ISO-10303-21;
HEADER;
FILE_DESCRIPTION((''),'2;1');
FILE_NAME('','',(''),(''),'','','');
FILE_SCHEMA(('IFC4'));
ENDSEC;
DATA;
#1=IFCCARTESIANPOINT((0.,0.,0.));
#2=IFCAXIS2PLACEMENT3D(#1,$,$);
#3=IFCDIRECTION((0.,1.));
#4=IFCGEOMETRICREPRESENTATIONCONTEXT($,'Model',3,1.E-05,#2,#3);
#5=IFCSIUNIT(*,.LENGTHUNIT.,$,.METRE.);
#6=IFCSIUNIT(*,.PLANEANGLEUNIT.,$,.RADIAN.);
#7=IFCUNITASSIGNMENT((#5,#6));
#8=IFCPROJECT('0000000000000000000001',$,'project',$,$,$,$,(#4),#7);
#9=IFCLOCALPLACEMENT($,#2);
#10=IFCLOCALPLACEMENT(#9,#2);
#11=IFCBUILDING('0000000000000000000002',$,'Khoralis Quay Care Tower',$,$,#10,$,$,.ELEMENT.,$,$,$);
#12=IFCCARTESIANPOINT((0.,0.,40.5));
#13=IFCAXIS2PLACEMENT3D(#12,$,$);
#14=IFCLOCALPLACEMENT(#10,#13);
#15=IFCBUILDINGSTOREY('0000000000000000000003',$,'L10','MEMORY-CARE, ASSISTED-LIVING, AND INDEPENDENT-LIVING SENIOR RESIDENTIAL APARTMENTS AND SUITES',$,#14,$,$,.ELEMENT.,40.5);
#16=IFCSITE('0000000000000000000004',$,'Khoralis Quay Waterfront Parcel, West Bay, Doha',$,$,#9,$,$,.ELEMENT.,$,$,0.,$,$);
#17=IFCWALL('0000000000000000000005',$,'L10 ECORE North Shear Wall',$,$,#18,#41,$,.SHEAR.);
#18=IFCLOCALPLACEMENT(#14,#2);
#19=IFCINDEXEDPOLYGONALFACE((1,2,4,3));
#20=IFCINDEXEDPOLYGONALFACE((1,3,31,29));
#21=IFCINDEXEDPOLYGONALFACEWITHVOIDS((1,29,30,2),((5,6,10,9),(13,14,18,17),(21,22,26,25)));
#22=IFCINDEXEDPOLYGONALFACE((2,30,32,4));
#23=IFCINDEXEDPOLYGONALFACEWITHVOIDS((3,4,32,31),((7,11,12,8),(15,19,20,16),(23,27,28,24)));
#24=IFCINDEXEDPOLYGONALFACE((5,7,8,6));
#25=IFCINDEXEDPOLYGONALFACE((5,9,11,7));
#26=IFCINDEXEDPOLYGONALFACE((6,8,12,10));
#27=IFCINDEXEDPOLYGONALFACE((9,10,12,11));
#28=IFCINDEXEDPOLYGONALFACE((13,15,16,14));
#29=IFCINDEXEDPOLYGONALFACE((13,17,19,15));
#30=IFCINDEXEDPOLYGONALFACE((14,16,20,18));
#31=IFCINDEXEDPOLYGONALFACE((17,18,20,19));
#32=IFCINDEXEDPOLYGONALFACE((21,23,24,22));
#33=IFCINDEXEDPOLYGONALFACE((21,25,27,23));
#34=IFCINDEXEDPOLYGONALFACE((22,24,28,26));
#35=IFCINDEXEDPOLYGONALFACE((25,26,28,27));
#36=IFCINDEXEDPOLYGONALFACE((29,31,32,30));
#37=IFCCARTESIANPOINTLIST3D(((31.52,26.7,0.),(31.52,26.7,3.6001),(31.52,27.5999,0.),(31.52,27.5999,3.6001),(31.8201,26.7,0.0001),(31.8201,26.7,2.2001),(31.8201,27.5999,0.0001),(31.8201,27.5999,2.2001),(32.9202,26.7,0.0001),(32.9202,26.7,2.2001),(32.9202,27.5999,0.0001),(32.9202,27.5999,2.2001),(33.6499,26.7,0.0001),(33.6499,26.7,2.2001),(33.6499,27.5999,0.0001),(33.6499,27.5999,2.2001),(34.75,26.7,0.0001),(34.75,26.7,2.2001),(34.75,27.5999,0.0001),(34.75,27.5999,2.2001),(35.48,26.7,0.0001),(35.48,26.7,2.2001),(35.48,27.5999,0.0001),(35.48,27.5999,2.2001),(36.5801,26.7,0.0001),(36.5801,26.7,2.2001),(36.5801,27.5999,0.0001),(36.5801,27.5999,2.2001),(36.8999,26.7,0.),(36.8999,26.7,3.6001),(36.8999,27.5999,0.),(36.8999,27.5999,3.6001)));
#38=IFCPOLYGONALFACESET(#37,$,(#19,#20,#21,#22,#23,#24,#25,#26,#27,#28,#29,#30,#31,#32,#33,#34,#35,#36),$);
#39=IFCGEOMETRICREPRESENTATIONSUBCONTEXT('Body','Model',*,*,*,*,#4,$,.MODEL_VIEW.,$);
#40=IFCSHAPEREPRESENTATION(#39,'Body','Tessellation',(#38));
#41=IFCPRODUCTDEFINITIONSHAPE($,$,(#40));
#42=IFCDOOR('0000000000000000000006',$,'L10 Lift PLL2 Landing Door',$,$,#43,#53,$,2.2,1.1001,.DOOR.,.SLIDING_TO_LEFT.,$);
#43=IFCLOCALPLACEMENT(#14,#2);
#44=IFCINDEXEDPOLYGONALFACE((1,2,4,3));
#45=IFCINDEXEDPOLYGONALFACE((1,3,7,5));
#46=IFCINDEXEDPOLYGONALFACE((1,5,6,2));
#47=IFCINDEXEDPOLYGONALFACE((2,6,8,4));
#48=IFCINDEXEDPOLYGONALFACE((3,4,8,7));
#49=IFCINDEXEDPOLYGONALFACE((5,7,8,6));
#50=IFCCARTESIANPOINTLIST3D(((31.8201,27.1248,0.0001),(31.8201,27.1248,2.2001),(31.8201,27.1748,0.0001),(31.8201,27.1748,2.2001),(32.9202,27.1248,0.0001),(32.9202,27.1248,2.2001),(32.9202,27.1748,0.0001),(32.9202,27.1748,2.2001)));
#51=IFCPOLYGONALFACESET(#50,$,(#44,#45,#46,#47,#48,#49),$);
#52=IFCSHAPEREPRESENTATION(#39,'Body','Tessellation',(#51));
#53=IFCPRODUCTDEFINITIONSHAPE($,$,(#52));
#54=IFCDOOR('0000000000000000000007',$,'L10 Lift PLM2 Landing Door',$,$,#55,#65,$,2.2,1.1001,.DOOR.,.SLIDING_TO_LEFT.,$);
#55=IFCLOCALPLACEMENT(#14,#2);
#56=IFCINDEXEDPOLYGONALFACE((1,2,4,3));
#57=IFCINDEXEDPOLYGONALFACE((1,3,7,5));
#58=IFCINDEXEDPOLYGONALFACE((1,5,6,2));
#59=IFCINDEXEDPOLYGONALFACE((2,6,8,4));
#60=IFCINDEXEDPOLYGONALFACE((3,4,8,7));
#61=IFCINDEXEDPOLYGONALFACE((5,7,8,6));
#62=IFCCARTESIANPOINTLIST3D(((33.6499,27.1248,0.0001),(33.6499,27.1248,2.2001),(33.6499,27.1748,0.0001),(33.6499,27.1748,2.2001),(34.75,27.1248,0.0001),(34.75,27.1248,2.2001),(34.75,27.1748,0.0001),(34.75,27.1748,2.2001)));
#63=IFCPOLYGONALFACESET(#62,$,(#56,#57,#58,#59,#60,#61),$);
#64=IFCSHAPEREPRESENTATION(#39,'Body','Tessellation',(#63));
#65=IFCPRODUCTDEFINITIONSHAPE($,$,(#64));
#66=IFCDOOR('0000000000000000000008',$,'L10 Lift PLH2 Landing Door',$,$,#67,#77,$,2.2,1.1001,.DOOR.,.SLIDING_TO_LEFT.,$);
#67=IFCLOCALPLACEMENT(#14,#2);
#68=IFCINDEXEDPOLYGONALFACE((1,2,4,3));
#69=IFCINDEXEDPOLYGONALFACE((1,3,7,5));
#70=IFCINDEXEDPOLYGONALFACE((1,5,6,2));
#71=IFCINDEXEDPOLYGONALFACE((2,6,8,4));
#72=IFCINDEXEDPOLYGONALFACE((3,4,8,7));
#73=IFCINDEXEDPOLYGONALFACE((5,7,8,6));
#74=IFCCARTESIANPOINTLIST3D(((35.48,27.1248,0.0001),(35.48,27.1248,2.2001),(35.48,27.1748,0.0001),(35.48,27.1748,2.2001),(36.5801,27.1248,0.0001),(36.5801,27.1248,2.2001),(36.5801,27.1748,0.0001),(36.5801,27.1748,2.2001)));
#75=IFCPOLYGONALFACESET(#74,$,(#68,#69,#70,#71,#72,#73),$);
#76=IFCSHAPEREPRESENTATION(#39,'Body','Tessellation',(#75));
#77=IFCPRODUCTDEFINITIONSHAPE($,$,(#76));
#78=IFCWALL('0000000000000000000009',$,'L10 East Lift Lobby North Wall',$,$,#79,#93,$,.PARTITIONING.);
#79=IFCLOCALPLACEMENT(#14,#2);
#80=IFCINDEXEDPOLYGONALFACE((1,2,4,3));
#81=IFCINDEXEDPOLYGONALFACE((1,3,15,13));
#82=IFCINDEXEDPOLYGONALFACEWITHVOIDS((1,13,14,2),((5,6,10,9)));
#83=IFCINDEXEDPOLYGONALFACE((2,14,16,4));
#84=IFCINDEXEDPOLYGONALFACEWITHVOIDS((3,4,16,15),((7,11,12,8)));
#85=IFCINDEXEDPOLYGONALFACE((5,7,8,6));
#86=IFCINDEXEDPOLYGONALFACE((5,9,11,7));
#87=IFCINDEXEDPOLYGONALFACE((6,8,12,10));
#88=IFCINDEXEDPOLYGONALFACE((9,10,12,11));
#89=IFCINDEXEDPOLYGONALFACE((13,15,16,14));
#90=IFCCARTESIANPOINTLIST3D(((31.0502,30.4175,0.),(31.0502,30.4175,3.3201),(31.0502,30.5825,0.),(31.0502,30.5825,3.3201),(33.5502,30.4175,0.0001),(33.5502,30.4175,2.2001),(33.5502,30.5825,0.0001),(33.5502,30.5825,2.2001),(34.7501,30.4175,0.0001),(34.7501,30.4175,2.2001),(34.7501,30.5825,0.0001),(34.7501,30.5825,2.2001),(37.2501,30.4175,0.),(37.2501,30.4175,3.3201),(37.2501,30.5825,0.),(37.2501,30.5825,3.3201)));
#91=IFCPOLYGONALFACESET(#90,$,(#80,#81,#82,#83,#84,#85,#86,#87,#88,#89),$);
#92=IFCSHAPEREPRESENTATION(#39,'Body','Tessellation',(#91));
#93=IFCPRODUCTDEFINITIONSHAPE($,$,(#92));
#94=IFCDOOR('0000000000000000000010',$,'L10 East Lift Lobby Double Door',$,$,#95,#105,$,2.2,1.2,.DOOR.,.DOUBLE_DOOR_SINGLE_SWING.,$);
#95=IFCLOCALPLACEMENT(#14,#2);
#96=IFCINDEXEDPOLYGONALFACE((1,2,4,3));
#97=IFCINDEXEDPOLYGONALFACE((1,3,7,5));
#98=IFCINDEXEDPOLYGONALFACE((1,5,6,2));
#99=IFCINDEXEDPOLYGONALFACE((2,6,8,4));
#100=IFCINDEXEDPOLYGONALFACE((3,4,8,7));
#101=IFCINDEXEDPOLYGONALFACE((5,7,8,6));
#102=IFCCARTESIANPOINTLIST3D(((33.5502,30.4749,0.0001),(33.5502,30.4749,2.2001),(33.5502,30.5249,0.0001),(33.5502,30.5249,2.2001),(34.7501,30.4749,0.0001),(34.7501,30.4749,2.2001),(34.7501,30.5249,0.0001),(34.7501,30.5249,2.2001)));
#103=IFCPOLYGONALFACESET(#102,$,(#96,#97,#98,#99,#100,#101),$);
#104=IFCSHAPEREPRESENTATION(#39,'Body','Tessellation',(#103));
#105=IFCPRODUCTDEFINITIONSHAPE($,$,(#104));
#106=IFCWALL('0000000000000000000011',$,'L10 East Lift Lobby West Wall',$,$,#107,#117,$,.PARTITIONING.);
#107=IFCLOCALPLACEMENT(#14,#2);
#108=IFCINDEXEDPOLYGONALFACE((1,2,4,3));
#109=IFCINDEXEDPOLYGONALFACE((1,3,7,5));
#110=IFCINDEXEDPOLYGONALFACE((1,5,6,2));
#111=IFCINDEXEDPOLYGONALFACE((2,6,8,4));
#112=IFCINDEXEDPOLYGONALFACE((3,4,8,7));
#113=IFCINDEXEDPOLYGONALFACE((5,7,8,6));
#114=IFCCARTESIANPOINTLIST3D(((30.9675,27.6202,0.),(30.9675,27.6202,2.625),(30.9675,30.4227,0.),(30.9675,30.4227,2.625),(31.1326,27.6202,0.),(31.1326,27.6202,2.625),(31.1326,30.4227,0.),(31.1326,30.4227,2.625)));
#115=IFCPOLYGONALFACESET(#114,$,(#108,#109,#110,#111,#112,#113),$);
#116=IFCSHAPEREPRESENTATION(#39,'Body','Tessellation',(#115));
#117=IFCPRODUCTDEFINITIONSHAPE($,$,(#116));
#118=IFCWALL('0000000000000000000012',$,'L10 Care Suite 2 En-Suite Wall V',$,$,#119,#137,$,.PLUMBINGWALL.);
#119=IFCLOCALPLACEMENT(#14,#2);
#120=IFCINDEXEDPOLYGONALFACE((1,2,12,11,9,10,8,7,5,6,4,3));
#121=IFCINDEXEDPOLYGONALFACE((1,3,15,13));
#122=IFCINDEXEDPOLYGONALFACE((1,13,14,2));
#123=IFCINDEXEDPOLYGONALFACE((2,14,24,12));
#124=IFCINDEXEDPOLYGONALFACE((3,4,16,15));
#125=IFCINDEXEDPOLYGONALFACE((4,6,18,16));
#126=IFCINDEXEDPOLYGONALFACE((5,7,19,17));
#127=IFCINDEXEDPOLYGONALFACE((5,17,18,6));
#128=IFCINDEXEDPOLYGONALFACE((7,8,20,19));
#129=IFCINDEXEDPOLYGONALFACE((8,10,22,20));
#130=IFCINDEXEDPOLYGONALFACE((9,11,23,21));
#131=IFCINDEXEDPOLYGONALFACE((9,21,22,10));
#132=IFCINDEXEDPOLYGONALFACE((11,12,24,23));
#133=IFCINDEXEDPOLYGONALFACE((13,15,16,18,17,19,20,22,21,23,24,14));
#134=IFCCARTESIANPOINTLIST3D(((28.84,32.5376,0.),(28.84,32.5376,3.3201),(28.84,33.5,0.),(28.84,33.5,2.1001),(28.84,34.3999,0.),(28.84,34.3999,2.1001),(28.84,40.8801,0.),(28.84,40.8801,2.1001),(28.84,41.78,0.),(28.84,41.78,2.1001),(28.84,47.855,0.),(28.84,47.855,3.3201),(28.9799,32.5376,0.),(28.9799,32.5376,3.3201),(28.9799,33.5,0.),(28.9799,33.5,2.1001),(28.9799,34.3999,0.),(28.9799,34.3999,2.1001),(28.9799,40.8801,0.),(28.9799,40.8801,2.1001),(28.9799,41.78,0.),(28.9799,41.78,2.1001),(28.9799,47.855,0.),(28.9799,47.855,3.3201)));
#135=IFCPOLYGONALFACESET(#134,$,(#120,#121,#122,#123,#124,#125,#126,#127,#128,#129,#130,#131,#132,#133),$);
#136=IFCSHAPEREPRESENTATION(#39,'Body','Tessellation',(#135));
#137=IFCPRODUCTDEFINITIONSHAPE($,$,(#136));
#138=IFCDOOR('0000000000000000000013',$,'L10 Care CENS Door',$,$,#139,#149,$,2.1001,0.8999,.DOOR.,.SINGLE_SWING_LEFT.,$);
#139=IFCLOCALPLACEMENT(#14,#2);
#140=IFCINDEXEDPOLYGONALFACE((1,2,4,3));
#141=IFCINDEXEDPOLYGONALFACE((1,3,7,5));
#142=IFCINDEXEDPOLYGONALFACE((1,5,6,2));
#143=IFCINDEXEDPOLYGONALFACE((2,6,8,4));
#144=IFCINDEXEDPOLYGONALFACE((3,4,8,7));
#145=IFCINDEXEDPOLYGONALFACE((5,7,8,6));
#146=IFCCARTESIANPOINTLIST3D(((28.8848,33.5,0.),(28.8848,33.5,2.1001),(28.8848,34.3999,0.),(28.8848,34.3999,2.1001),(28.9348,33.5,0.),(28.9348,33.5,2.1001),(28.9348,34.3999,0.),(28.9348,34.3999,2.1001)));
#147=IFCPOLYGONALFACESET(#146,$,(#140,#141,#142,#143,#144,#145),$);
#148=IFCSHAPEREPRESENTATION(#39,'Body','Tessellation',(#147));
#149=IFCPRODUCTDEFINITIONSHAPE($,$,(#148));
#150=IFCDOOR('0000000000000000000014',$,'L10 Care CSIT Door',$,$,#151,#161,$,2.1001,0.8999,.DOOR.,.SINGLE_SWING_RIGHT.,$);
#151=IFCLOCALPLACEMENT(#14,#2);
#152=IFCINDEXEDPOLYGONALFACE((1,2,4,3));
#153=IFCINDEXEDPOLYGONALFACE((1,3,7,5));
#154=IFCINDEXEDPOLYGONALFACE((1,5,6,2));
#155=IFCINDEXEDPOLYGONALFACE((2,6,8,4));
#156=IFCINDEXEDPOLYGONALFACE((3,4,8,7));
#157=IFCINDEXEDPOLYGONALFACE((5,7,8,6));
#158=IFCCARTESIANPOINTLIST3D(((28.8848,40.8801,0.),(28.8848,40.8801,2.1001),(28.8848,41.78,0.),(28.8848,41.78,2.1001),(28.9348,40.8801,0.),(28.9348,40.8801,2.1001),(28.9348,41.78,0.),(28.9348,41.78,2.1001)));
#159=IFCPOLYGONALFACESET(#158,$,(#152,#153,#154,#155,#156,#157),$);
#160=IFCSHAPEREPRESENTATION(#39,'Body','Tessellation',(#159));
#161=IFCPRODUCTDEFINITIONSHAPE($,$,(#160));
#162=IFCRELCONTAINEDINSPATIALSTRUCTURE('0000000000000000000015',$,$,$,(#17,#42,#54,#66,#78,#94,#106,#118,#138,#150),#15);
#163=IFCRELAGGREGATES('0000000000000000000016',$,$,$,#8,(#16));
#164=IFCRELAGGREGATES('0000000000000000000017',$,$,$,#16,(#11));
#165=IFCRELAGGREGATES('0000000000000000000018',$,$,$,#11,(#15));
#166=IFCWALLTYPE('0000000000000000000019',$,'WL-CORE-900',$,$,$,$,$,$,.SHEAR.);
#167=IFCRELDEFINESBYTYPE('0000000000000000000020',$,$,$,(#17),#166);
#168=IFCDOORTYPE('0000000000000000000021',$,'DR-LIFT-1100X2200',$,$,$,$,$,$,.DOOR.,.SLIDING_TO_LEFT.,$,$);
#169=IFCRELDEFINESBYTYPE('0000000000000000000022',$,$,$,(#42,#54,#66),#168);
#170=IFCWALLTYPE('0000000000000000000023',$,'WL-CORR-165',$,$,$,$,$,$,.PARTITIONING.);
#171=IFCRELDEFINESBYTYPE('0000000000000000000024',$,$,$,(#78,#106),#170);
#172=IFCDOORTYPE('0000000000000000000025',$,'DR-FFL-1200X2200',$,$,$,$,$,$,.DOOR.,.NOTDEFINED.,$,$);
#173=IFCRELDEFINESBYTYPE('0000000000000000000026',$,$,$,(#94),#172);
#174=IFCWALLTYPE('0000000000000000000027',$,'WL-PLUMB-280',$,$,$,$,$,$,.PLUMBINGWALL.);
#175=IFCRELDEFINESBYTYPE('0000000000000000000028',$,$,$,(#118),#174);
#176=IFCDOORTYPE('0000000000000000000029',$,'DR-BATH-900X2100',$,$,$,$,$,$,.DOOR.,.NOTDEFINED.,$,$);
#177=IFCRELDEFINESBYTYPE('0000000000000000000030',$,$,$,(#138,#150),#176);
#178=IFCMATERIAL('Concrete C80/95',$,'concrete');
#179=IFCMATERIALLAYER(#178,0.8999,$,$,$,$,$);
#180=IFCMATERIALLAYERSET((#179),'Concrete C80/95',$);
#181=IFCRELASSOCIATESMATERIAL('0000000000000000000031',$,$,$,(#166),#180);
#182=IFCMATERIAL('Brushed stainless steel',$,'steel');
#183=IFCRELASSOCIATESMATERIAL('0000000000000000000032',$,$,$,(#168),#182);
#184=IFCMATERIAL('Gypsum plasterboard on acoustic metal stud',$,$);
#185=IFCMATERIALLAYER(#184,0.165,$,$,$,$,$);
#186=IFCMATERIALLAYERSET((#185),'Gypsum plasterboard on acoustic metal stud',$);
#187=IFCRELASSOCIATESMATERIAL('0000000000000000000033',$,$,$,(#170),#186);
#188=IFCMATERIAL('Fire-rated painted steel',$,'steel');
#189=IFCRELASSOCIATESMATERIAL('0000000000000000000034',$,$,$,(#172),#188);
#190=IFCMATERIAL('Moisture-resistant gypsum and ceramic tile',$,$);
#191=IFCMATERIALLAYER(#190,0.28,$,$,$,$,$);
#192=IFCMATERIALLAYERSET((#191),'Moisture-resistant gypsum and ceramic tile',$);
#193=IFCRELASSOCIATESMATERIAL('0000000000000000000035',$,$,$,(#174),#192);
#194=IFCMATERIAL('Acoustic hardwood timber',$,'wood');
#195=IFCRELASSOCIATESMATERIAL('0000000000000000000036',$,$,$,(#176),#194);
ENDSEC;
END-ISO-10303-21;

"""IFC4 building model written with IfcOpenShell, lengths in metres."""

from ifc_helpers import new_model, si_unit, direction, frame, frame_2d, origin, place, context, subcontext, project, spatial, rectangle, extrude, source, transform, mapped, material, layer, layer_set, type_object, element, fill, save


model = new_model("IFC4")

# Units and contexts
model_context = context("Model", 3, precision=1e-05, world=origin(), true_north=direction((0.0, 1.0)))
body_context = subcontext(model_context, "Body", "Model", "MODEL_VIEW")
ifc_project = project(units=[si_unit("LENGTHUNIT", "METRE"), si_unit("PLANEANGLEUNIT", "RADIAN")], contexts=[model_context])

# Site, building, storey
site_placement = place(None, origin())
site = spatial("IfcSite", under=ifc_project, at=site_placement, Name="Khoralis Quay Waterfront Parcel, West Bay, Doha", CompositionType="ELEMENT", RefElevation=0.0)
building_placement = place(site_placement, origin())
building = spatial("IfcBuilding", under=site, at=building_placement, Name="Khoralis Quay Care Tower", CompositionType="ELEMENT")
storey_placement = place(building_placement, frame((0.0, 0.0, 40.5)))
storey = spatial("IfcBuildingStorey", under=building, at=storey_placement, Name="L10", Description="MEMORY-CARE, ASSISTED-LIVING, AND INDEPENDENT-LIVING SENIOR RESIDENTIAL APARTMENTS AND SUITES", CompositionType="ELEMENT", Elevation=40.5)

# Shared definitions
ifc_material_1 = material(Name="Concrete C80/95", Category="concrete")

# Wall, openings, doors
ifc_layer_1 = layer(ifc_material_1, 0.8999)
ifc_layer_set_1 = layer_set([ifc_layer_1], Name="Concrete C80/95")
wall_type_1 = type_object("IfcWallType", Name="WL-CORE-900", PredefinedType="SHEAR", material=ifc_layer_set_1)
wall_1_placement = place(storey_placement, frame((31.52, 27.1499, 0.0), z_axis=(0.0, 0.0, 1.0), x_axis=(1.0, 0.0, 0.0)))
wall_1 = element("IfcWall", 1, at=wall_1_placement, inside=storey, type_object=wall_type_1, Name="L10 ECORE North Shear Wall", PredefinedType="SHEAR", context=body_context, shape_type="SweptSolid", body=[
    extrude(rectangle(XDim=5.3799, YDim=0.8999, at=frame_2d((2.6899, 0.0))), origin(), (0.0, 0.0, 1.0), 3.6001),
])
opening_1_placement = place(wall_1_placement, frame((0.3, 0.0, 0.0)))
opening_1 = element("IfcOpeningElement", 2, at=opening_1_placement, cuts=wall_1, PredefinedType="OPENING", context=body_context, shape_type="SweptSolid", body=[
    extrude(rectangle(XDim=1.1001, YDim=2.2, at=frame_2d((0.55, 1.1001))), frame((0.0, 0.46, 0.0), z_axis=(0.0, -1.0, 0.0), x_axis=(1.0, 0.0, 0.0)), (0.0, 0.0, 1.0), 0.9199),
])
opening_2_placement = place(wall_1_placement, frame((2.1299, 0.0, 0.0)))
opening_2 = element("IfcOpeningElement", 3, at=opening_2_placement, cuts=wall_1, PredefinedType="OPENING", context=body_context, shape_type="SweptSolid", body=[
    extrude(rectangle(XDim=1.1001, YDim=2.2, at=frame_2d((0.55, 1.1001))), frame((0.0, 0.46, 0.0), z_axis=(0.0, -1.0, 0.0), x_axis=(1.0, 0.0, 0.0)), (0.0, 0.0, 1.0), 0.9199),
])
opening_3_placement = place(wall_1_placement, frame((3.96, 0.0, 0.0)))
opening_3 = element("IfcOpeningElement", 4, at=opening_3_placement, cuts=wall_1, PredefinedType="OPENING", context=body_context, shape_type="SweptSolid", body=[
    extrude(rectangle(XDim=1.1001, YDim=2.2, at=frame_2d((0.55, 1.1001))), frame((0.0, 0.46, 0.0), z_axis=(0.0, -1.0, 0.0), x_axis=(1.0, 0.0, 0.0)), (0.0, 0.0, 1.0), 0.9199),
])
ifc_material_2 = material(Name="Brushed stainless steel", Category="steel")
door_type_1 = type_object("IfcDoorType", Name="DR-LIFT-1100X2200", OperationType="SLIDING_TO_LEFT", PredefinedType="DOOR", material=ifc_material_2)
shared_shape_1 = source(origin(), body_context, "Body", "SweptSolid", [
    extrude(rectangle(XDim=1.1001, YDim=2.2, at=frame_2d((0.55, 1.1001))), frame((0.0, 0.0249, 0.0), z_axis=(0.0, -1.0, 0.0), x_axis=(1.0, 0.0, 0.0)), (0.0, 0.0, 1.0), 0.05),
])
door_1_placement = place(opening_1_placement, origin())
door_1 = element("IfcDoor", 5, at=door_1_placement, inside=storey, type_object=door_type_1, Name="L10 Lift PLL2 Landing Door", OperationType="SLIDING_TO_LEFT", OverallHeight=2.2, OverallWidth=1.1001, PredefinedType="DOOR", context=body_context, shape_type="MappedRepresentation", body=[
    mapped(shared_shape_1, transform((0.0, 0.0, 0.0), scale=1.0)),
])
fill(opening_1, door_1)
door_2_placement = place(opening_2_placement, origin())
door_2 = element("IfcDoor", 6, at=door_2_placement, inside=storey, type_object=door_type_1, Name="L10 Lift PLM2 Landing Door", OperationType="SLIDING_TO_LEFT", OverallHeight=2.2, OverallWidth=1.1001, PredefinedType="DOOR", context=body_context, shape_type="MappedRepresentation", body=[
    mapped(shared_shape_1, transform((0.0, 0.0, 0.0), scale=1.0)),
])
fill(opening_2, door_2)
door_3_placement = place(opening_3_placement, origin())
door_3 = element("IfcDoor", 7, at=door_3_placement, inside=storey, type_object=door_type_1, Name="L10 Lift PLH2 Landing Door", OperationType="SLIDING_TO_LEFT", OverallHeight=2.2, OverallWidth=1.1001, PredefinedType="DOOR", context=body_context, shape_type="MappedRepresentation", body=[
    mapped(shared_shape_1, transform((0.0, 0.0, 0.0), scale=1.0)),
])
fill(opening_3, door_3)

# Wall, opening, door
ifc_material_3 = material(Name="Gypsum plasterboard on acoustic metal stud")
ifc_layer_2 = layer(ifc_material_3, 0.165)
ifc_layer_set_2 = layer_set([ifc_layer_2], Name="Gypsum plasterboard on acoustic metal stud")
wall_type_2 = type_object("IfcWallType", Name="WL-CORR-165", PredefinedType="PARTITIONING", material=ifc_layer_set_2)
wall_2_placement = place(storey_placement, frame((31.05, 30.5, 0.0), z_axis=(0.0, 0.0, 1.0), x_axis=(1.0, 0.0, 0.0)))
wall_2 = element("IfcWall", 8, at=wall_2_placement, inside=storey, type_object=wall_type_2, Name="L10 East Lift Lobby North Wall", PredefinedType="PARTITIONING", context=body_context, shape_type="SweptSolid", body=[
    extrude(rectangle(XDim=6.2, YDim=0.165, at=frame_2d((3.1001, 0.0))), origin(), (0.0, 0.0, 1.0), 3.3201),
])
opening_4_placement = place(wall_2_placement, frame((2.5, 0.0, 0.0)))
opening_4 = element("IfcOpeningElement", 9, at=opening_4_placement, cuts=wall_2, PredefinedType="OPENING", context=body_context, shape_type="SweptSolid", body=[
    extrude(rectangle(XDim=1.2, YDim=2.2, at=frame_2d((0.6001, 1.1001))), frame((0.0, 0.0925, 0.0), z_axis=(0.0, -1.0, 0.0), x_axis=(1.0, 0.0, 0.0)), (0.0, 0.0, 1.0), 0.1851),
])
ifc_material_4 = material(Name="Fire-rated painted steel", Category="steel")
door_type_2 = type_object("IfcDoorType", Name="DR-FFL-1200X2200", OperationType="NOTDEFINED", PredefinedType="DOOR", material=ifc_material_4)
shared_shape_2 = source(origin(), body_context, "Body", "SweptSolid", [
    extrude(rectangle(XDim=1.2, YDim=2.2, at=frame_2d((0.6001, 1.1001))), frame((0.0, 0.0249, 0.0), z_axis=(0.0, -1.0, 0.0), x_axis=(1.0, 0.0, 0.0)), (0.0, 0.0, 1.0), 0.05),
])
door_4_placement = place(opening_4_placement, origin())
door_4 = element("IfcDoor", 10, at=door_4_placement, inside=storey, type_object=door_type_2, Name="L10 East Lift Lobby Double Door", OperationType="DOUBLE_DOOR_SINGLE_SWING", OverallHeight=2.2, OverallWidth=1.2, PredefinedType="DOOR", context=body_context, shape_type="MappedRepresentation", body=[
    mapped(shared_shape_2, transform((0.0, 0.0, 0.0), scale=1.0)),
])
fill(opening_4, door_4)

# Wall
wall_3_placement = place(storey_placement, frame((31.05, 27.6201, 0.0), z_axis=(0.0, 0.0, 1.0), x_axis=(0.0, 1.0, 0.0)))
element("IfcWall", 11, at=wall_3_placement, inside=storey, type_object=wall_type_2, Name="L10 East Lift Lobby West Wall", PredefinedType="PARTITIONING", context=body_context, shape_type="SweptSolid", body=[
    extrude(rectangle(XDim=2.8025, YDim=0.165, at=frame_2d((1.4014, 0.0))), origin(), (0.0, 0.0, 1.0), 2.625),
])

# Wall, openings, doors
ifc_material_5 = material(Name="Moisture-resistant gypsum and ceramic tile")
ifc_layer_3 = layer(ifc_material_5, 0.28)
ifc_layer_set_3 = layer_set([ifc_layer_3], Name="Moisture-resistant gypsum and ceramic tile")
wall_type_3 = type_object("IfcWallType", Name="WL-PLUMB-280", PredefinedType="PLUMBINGWALL", material=ifc_layer_set_3)
wall_4_placement = place(storey_placement, frame((28.9099, 32.5376, 0.0), z_axis=(0.0, 0.0, 1.0), x_axis=(0.0, 1.0, 0.0)))
wall_4 = element("IfcWall", 12, at=wall_4_placement, inside=storey, type_object=wall_type_3, Name="L10 Care Suite 2 En-Suite Wall V", PredefinedType="PLUMBINGWALL", context=body_context, shape_type="SweptSolid", body=[
    extrude(rectangle(XDim=15.3174, YDim=0.1399, at=frame_2d((7.6587, 0.0))), origin(), (0.0, 0.0, 1.0), 3.3201),
])
opening_5_placement = place(wall_4_placement, frame((0.9624, 0.0, 0.0)))
opening_5 = element("IfcOpeningElement", 13, at=opening_5_placement, cuts=wall_4, PredefinedType="OPENING", context=body_context, shape_type="SweptSolid", body=[
    extrude(rectangle(XDim=0.8999, YDim=2.1001, at=frame_2d((0.45, 1.05))), frame((0.0, 0.0801, 0.0), z_axis=(0.0, -1.0, 0.0), x_axis=(1.0, 0.0, 0.0)), (0.0, 0.0, 1.0), 0.1599),
])
opening_6_placement = place(wall_4_placement, frame((8.3425, 0.0, 0.0)))
opening_6 = element("IfcOpeningElement", 14, at=opening_6_placement, cuts=wall_4, PredefinedType="OPENING", context=body_context, shape_type="SweptSolid", body=[
    extrude(rectangle(XDim=0.8999, YDim=2.1001, at=frame_2d((0.45, 1.05))), frame((0.0, 0.0801, 0.0), z_axis=(0.0, -1.0, 0.0), x_axis=(1.0, 0.0, 0.0)), (0.0, 0.0, 1.0), 0.1599),
])
ifc_material_6 = material(Name="Acoustic hardwood timber", Category="wood")
door_type_3 = type_object("IfcDoorType", Name="DR-BATH-900X2100", OperationType="NOTDEFINED", PredefinedType="DOOR", material=ifc_material_6)
shared_shape_3 = source(origin(), body_context, "Body", "SweptSolid", [
    extrude(rectangle(XDim=0.8999, YDim=2.1001, at=frame_2d((0.45, 1.05))), frame((0.0, 0.0249, 0.0), z_axis=(0.0, -1.0, 0.0), x_axis=(1.0, 0.0, 0.0)), (0.0, 0.0, 1.0), 0.05),
])
door_5_placement = place(opening_5_placement, frame((0.8999, 0.0, 0.0), z_axis=(0.0, 0.0, 1.0), x_axis=(-1.0, 0.0, 0.0)))
door_5 = element("IfcDoor", 15, at=door_5_placement, inside=storey, type_object=door_type_3, Name="L10 Care CENS Door", OperationType="SINGLE_SWING_LEFT", OverallHeight=2.1001, OverallWidth=0.8999, PredefinedType="DOOR", context=body_context, shape_type="MappedRepresentation", body=[
    mapped(shared_shape_3, transform((0.0, 0.0, 0.0), scale=1.0)),
])
fill(opening_5, door_5)
door_6_placement = place(opening_6_placement, frame((0.8999, 0.0, 0.0), z_axis=(0.0, 0.0, 1.0), x_axis=(-1.0, 0.0, 0.0)))
door_6 = element("IfcDoor", 16, at=door_6_placement, inside=storey, type_object=door_type_3, Name="L10 Care CSIT Door", OperationType="SINGLE_SWING_RIGHT", OverallHeight=2.1001, OverallWidth=0.8999, PredefinedType="DOOR", context=body_context, shape_type="MappedRepresentation", body=[
    mapped(shared_shape_3, transform((0.0, 0.0, 0.0), scale=1.0)),
])
fill(opening_6, door_6)

save(model, "model.ifc")
